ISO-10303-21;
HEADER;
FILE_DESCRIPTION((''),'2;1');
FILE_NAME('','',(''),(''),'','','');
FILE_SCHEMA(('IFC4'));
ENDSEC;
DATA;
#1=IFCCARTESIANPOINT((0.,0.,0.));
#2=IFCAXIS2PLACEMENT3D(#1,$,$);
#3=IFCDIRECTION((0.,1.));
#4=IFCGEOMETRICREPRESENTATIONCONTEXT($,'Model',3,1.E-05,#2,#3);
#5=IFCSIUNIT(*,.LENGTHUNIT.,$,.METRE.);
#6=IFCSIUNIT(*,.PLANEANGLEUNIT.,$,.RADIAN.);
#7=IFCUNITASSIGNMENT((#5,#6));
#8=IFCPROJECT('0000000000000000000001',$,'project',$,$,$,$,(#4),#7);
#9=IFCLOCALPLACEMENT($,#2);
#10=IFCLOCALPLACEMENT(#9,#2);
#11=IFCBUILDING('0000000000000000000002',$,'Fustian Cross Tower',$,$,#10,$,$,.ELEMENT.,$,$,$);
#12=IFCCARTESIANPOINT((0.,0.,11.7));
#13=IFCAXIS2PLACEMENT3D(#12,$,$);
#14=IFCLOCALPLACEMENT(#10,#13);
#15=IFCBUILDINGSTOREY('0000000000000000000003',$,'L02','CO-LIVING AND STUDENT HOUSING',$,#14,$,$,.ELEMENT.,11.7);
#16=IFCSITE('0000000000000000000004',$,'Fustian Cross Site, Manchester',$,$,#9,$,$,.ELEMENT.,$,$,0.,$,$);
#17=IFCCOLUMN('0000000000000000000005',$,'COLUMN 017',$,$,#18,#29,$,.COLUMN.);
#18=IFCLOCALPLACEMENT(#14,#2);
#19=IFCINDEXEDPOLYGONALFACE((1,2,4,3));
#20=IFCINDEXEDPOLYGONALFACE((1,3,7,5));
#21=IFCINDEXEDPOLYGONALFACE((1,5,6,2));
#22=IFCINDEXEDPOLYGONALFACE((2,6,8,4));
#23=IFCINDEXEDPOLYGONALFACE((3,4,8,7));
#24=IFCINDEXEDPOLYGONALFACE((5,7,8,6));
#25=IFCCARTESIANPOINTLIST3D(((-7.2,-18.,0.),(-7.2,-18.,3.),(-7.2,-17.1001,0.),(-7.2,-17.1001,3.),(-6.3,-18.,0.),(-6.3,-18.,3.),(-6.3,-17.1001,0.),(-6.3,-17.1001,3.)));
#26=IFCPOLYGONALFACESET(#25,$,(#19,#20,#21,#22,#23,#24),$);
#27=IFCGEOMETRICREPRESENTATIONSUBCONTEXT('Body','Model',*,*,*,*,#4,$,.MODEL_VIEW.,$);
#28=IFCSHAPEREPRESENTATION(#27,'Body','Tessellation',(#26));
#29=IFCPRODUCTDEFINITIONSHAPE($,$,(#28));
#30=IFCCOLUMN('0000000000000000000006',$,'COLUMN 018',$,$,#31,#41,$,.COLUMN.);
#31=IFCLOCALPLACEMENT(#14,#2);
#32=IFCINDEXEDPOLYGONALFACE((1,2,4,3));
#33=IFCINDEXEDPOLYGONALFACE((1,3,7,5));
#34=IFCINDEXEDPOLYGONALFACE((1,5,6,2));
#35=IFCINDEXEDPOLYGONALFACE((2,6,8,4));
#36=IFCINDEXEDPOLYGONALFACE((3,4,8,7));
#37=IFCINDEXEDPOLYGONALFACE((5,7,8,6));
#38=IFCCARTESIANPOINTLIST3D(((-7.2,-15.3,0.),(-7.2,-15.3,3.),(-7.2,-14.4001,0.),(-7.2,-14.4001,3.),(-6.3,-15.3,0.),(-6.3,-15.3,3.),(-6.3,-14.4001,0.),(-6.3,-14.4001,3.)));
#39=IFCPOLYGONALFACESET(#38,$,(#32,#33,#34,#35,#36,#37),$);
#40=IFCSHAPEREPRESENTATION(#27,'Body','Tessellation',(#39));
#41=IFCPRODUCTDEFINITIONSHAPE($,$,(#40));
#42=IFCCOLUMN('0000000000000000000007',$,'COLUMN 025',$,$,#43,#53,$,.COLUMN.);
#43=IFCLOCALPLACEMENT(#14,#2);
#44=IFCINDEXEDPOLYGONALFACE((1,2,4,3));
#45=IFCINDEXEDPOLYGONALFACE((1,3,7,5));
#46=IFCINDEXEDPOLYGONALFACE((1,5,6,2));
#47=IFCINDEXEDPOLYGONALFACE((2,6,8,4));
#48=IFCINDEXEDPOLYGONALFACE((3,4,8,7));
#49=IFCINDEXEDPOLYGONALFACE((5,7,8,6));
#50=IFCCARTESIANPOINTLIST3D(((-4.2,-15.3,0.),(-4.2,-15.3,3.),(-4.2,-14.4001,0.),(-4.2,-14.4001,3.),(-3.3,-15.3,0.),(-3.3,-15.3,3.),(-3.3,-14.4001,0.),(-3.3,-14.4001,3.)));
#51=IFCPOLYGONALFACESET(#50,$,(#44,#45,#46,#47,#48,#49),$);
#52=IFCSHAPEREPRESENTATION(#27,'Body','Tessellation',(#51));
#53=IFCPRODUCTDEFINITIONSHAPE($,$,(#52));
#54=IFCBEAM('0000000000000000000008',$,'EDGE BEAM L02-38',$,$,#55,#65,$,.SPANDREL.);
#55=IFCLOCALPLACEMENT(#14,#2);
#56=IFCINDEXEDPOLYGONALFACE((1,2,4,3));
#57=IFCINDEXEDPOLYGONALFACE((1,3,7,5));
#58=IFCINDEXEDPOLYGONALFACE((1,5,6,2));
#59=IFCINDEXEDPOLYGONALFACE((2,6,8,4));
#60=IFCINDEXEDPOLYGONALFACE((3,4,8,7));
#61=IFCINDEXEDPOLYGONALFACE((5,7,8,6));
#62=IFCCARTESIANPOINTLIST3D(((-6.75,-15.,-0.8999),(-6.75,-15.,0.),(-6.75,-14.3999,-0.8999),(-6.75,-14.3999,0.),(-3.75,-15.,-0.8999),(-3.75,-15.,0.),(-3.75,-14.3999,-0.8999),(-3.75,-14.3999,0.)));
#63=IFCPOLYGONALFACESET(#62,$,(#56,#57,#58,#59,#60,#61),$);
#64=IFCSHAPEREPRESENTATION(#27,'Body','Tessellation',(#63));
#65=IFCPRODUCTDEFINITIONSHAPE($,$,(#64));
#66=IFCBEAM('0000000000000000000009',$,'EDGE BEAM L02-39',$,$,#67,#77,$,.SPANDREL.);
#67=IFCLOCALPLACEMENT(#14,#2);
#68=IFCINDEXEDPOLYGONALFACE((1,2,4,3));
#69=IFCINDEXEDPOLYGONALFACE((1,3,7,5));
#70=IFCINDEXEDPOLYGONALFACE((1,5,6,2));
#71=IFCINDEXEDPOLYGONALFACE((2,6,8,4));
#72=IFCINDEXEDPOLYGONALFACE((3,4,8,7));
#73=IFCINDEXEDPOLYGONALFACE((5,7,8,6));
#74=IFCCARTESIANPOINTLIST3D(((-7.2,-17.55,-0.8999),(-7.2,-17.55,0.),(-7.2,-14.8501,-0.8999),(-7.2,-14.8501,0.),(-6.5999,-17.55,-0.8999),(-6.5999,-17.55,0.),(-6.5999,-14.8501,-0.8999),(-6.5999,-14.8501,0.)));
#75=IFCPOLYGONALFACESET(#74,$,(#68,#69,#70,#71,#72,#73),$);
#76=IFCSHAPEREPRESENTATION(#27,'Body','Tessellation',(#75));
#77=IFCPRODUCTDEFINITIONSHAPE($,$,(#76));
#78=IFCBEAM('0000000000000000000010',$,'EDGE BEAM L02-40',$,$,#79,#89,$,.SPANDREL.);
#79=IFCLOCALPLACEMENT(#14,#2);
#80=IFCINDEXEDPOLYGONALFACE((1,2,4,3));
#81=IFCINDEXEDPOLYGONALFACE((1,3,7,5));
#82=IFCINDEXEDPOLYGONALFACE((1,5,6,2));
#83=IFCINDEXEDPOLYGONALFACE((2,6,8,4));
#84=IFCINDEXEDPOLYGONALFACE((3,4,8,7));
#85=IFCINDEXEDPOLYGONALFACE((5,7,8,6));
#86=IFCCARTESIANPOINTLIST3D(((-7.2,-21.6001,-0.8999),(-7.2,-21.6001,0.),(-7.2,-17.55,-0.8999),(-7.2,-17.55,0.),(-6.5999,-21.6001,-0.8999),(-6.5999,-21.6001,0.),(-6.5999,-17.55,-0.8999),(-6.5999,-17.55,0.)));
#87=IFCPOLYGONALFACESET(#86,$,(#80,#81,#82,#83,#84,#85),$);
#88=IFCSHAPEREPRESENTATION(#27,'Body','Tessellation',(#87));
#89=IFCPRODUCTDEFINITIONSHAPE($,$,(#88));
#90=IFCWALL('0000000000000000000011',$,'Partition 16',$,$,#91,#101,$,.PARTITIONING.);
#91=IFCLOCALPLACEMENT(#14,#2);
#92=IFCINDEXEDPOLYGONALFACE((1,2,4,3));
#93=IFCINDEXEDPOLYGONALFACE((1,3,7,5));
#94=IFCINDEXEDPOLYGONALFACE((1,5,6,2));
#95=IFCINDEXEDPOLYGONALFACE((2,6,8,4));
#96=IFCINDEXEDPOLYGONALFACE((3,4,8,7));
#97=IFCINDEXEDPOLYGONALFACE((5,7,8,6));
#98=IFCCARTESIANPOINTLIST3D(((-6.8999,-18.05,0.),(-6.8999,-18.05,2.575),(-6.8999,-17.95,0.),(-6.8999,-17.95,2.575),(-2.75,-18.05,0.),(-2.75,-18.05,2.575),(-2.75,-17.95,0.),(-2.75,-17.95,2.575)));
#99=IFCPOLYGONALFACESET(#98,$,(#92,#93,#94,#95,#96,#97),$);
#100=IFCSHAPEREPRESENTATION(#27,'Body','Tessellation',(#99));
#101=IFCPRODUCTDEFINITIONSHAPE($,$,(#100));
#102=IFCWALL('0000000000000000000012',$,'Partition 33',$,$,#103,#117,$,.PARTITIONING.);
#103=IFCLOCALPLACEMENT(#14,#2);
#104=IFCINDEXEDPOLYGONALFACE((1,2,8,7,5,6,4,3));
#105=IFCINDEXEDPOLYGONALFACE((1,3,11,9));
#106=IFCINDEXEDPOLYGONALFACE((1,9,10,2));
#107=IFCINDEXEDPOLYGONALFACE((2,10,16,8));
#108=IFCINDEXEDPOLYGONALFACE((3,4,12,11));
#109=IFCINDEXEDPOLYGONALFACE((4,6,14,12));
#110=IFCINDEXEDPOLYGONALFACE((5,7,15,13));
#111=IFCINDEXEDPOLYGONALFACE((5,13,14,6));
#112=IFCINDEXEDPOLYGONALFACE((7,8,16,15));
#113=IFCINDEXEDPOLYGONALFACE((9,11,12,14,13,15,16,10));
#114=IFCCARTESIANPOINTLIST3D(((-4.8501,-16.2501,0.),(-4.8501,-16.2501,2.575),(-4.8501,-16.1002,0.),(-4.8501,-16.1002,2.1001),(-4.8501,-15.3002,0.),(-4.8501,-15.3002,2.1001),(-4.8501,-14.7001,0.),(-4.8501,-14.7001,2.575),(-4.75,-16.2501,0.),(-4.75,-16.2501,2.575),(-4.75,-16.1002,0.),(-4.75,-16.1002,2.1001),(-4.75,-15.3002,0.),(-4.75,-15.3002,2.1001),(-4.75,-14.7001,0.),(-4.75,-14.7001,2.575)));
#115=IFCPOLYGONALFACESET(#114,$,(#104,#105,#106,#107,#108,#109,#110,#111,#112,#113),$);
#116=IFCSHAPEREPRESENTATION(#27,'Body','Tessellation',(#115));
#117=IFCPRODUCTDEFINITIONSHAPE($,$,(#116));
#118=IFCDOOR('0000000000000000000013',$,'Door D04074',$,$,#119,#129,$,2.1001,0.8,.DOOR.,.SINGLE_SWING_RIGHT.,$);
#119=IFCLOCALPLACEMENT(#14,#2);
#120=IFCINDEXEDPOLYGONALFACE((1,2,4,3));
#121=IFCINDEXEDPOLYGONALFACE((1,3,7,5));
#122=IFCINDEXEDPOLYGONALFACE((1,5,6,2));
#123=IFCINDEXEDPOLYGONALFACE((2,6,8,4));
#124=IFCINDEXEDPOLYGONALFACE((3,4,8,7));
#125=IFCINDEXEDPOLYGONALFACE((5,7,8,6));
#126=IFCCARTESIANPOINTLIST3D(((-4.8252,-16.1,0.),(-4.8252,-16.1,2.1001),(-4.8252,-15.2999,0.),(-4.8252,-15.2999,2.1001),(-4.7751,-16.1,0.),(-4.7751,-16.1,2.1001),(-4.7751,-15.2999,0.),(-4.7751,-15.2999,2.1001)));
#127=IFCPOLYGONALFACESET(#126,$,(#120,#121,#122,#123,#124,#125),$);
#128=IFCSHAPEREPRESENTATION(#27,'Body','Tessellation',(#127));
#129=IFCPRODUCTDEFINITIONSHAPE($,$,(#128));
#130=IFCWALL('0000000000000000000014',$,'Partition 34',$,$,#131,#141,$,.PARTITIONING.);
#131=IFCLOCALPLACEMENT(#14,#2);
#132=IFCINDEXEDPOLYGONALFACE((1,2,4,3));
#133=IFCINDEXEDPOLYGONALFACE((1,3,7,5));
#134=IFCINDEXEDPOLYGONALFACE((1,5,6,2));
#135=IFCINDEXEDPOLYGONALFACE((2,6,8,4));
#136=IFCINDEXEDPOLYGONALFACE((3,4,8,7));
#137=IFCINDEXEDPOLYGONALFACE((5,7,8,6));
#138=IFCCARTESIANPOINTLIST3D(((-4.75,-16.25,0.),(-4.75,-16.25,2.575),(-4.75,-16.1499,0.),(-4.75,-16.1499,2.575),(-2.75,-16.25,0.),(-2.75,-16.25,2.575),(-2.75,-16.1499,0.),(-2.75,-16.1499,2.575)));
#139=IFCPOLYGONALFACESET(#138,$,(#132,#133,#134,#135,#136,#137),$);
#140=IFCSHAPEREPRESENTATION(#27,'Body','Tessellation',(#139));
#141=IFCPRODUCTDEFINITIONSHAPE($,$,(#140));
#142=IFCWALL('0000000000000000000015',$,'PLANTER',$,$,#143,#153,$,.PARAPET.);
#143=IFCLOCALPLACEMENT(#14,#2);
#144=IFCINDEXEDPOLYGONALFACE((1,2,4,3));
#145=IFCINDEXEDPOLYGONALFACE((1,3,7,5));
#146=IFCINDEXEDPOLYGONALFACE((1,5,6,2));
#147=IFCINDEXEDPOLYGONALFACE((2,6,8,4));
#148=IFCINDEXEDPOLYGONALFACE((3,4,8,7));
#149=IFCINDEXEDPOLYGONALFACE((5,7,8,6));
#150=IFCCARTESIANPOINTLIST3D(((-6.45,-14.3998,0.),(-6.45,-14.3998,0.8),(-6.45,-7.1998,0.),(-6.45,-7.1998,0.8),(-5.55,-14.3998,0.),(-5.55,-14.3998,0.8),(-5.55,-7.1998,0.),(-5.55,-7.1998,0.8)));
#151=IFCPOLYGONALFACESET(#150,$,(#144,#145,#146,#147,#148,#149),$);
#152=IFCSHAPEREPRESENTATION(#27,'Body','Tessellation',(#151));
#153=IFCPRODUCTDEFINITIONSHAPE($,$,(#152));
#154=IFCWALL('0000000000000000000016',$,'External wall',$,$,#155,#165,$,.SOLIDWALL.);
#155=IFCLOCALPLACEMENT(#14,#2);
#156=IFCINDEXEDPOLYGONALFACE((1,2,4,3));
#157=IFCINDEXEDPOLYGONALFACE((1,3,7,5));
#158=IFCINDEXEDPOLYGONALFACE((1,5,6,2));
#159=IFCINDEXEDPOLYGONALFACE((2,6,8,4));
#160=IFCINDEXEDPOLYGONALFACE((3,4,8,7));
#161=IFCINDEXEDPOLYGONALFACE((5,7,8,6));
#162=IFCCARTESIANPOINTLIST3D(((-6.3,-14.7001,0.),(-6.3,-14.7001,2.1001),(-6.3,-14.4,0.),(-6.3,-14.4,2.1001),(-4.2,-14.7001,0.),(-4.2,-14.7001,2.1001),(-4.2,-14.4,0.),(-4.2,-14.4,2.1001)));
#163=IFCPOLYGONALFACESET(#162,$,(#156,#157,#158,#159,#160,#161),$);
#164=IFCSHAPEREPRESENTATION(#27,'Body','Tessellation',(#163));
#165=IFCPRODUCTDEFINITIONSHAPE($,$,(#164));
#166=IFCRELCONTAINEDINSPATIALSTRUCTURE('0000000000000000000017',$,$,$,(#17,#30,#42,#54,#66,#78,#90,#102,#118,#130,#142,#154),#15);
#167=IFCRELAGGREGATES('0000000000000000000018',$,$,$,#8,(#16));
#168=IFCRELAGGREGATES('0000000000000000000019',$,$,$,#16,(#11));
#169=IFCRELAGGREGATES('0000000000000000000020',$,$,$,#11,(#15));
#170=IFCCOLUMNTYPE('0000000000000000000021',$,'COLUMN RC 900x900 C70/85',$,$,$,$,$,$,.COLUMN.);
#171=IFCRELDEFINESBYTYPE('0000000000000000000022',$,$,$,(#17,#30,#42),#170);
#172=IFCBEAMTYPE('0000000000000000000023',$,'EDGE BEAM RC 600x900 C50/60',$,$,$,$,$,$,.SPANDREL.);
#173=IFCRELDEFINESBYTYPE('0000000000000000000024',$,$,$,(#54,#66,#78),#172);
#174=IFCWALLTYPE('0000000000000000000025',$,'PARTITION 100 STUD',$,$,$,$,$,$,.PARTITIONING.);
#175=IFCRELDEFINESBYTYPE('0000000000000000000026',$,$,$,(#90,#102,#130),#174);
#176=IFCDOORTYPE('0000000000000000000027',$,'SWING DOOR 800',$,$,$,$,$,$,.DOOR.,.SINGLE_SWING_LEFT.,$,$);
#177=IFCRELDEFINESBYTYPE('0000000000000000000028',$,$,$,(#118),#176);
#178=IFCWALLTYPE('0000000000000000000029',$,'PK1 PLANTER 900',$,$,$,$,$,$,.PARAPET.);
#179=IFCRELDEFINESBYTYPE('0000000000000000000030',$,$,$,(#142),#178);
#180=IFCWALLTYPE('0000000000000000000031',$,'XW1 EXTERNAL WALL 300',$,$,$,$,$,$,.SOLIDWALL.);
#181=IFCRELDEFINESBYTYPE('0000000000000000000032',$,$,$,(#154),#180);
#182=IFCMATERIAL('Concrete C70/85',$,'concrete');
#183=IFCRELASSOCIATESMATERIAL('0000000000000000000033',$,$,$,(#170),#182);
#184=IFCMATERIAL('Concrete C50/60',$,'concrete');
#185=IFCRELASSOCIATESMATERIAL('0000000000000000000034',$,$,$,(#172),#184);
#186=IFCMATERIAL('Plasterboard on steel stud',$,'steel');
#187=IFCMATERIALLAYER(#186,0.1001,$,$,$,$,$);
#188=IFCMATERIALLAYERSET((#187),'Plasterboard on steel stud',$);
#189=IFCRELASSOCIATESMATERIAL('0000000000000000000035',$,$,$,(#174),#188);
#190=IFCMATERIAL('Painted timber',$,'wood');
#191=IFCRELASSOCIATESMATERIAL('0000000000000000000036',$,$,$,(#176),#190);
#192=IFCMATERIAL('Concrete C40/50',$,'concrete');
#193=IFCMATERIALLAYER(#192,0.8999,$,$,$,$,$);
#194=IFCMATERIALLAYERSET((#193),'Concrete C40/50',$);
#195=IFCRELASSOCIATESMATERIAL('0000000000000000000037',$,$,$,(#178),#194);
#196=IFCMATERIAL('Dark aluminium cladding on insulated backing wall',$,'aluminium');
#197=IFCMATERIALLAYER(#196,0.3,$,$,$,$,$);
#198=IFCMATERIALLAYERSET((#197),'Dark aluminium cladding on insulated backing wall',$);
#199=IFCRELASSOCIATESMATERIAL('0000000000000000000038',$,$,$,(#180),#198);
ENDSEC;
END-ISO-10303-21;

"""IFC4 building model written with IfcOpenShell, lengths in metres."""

from ifc_helpers import new_model, si_unit, direction, frame, frame_2d, origin, origin_2d, place, context, subcontext, project, spatial, rectangle, extrude, material, layer, layer_set, material_profile, profile_set, type_object, element, fill, save


model = new_model("IFC4")

# Units and contexts
model_context = context("Model", 3, precision=1e-05, world=origin(), true_north=direction((0.0, 1.0)))
body_context = subcontext(model_context, "Body", "Model", "MODEL_VIEW")
ifc_project = project(units=[si_unit("LENGTHUNIT", "METRE"), si_unit("PLANEANGLEUNIT", "RADIAN")], contexts=[model_context])

# Site, building, storey
site_placement = place(None, origin())
site = spatial("IfcSite", under=ifc_project, at=site_placement, Name="Fustian Cross Site, Manchester", CompositionType="ELEMENT", RefElevation=0.0)
building_placement = place(site_placement, origin())
building = spatial("IfcBuilding", under=site, at=building_placement, Name="Fustian Cross Tower", CompositionType="ELEMENT")
storey_placement = place(building_placement, frame((0.0, 0.0, 11.7)))
storey = spatial("IfcBuildingStorey", under=building, at=storey_placement, Name="L02", Description="CO-LIVING AND STUDENT HOUSING", CompositionType="ELEMENT", Elevation=11.7)

# Columns
ifc_material_1 = material(Name="Concrete C70/85", Category="concrete")
ifc_material_profile_1 = material_profile(ifc_material_1, rectangle(XDim=0.8999, YDim=0.8999, at=origin_2d()), Name="RC 900x900")
ifc_profile_set_1 = profile_set([ifc_material_profile_1], Name="Concrete C70/85")
column_type = type_object("IfcColumnType", Name="COLUMN RC 900x900 C70/85", PredefinedType="COLUMN", material=ifc_profile_set_1)
for number, where, z_axis, x_axis, name in (
    (1, (-6.75, -17.55, 0.0), (0.0, 0.0, 1.0), (1.0, 0.0, 0.0), "COLUMN 017"),
    (2, (-6.75, -14.8501, 0.0), (0.0, 0.0, 1.0), (1.0, 0.0, 0.0), "COLUMN 018"),
    (3, (-3.75, -14.8501, 0.0), (0.0, 0.0, 1.0), (1.0, 0.0, 0.0), "COLUMN 025"),
):
    element("IfcColumn", number, at=place(storey_placement, frame(where, z_axis=z_axis, x_axis=x_axis)), inside=storey, type_object=column_type, Name=name, PredefinedType="COLUMN", context=body_context, shape_type="SweptSolid", body=[
        extrude(rectangle(XDim=0.8999, YDim=0.8999, at=origin_2d()), origin(), (0.0, 0.0, 1.0), 3.0),
    ])

# Beams
ifc_material_2 = material(Name="Concrete C50/60", Category="concrete")
ifc_material_profile_2 = material_profile(ifc_material_2, rectangle(XDim=0.6001, YDim=0.8999, at=origin_2d()), Name="RC 600x900")
ifc_profile_set_2 = profile_set([ifc_material_profile_2], Name="Concrete C50/60")
beam_type = type_object("IfcBeamType", Name="EDGE BEAM RC 600x900 C50/60", PredefinedType="SPANDREL", material=ifc_profile_set_2)
beam_1_placement = place(storey_placement, frame((-3.75, -14.7, -0.45), z_axis=(-1.0, 0.0, 0.0), x_axis=(0.0, -1.0, 0.0)))
element("IfcBeam", 4, at=beam_1_placement, inside=storey, type_object=beam_type, Name="EDGE BEAM L02-38", PredefinedType="SPANDREL", context=body_context, shape_type="SweptSolid", body=[
    extrude(rectangle(XDim=0.6001, YDim=0.8999, at=origin_2d()), origin(), (0.0, 0.0, 1.0), 3.0),
])
beam_2_placement = place(storey_placement, frame((-6.8999, -14.8501, -0.45), z_axis=(0.0, -1.0, 0.0), x_axis=(1.0, 0.0, 0.0)))
element("IfcBeam", 5, at=beam_2_placement, inside=storey, type_object=beam_type, Name="EDGE BEAM L02-39", PredefinedType="SPANDREL", context=body_context, shape_type="SweptSolid", body=[
    extrude(rectangle(XDim=0.6001, YDim=0.8999, at=origin_2d()), origin(), (0.0, 0.0, 1.0), 2.7),
])
beam_3_placement = place(storey_placement, frame((-6.8999, -17.55, -0.45), z_axis=(0.0, -1.0, 0.0), x_axis=(1.0, 0.0, 0.0)))
element("IfcBeam", 6, at=beam_3_placement, inside=storey, type_object=beam_type, Name="EDGE BEAM L02-40", PredefinedType="SPANDREL", context=body_context, shape_type="SweptSolid", body=[
    extrude(rectangle(XDim=0.6001, YDim=0.8999, at=origin_2d()), origin(), (0.0, 0.0, 1.0), 4.05),
])

# Wall
ifc_material_3 = material(Name="Plasterboard on steel stud", Category="steel")
ifc_layer_1 = layer(ifc_material_3, 0.1001)
ifc_layer_set_1 = layer_set([ifc_layer_1], Name="Plasterboard on steel stud")
wall_type_1 = type_object("IfcWallType", Name="PARTITION 100 STUD", PredefinedType="PARTITIONING", material=ifc_layer_set_1)
wall_1_placement = place(storey_placement, frame((-6.8999, -18.0, 0.0), z_axis=(0.0, 0.0, 1.0), x_axis=(1.0, 0.0, 0.0)))
element("IfcWall", 7, at=wall_1_placement, inside=storey, type_object=wall_type_1, Name="Partition 16", PredefinedType="PARTITIONING", context=body_context, shape_type="SweptSolid", body=[
    extrude(rectangle(XDim=4.1499, YDim=0.1001, at=frame_2d((2.075, 0.0))), origin(), (0.0, 0.0, 1.0), 2.575),
])

# Wall, opening, door
wall_2_placement = place(storey_placement, frame((-4.8, -16.25, 0.0), z_axis=(0.0, 0.0, 1.0), x_axis=(0.0, 1.0, 0.0)))
wall_2 = element("IfcWall", 8, at=wall_2_placement, inside=storey, type_object=wall_type_1, Name="Partition 33", PredefinedType="PARTITIONING", context=body_context, shape_type="SweptSolid", body=[
    extrude(rectangle(XDim=1.55, YDim=0.1001, at=frame_2d((0.7749, 0.0))), origin(), (0.0, 0.0, 1.0), 2.575),
])
opening_1_placement = place(wall_2_placement, frame((0.1499, 0.0, 0.0)))
opening_1 = element("IfcOpeningElement", 9, at=opening_1_placement, cuts=wall_2, PredefinedType="OPENING", context=body_context, shape_type="SweptSolid", body=[
    extrude(rectangle(XDim=0.8, YDim=2.1001, at=frame_2d((0.3999, 1.05))), frame((0.0, 0.0601, 0.0), z_axis=(0.0, -1.0, 0.0), x_axis=(1.0, 0.0, 0.0)), (0.0, 0.0, 1.0), 0.1201),
])
ifc_material_4 = material(Name="Painted timber", Category="wood")
door_type = type_object("IfcDoorType", Name="SWING DOOR 800", OperationType="SINGLE_SWING_LEFT", PredefinedType="DOOR", material=ifc_material_4)
door_placement = place(opening_1_placement, frame((0.8, 0.0, 0.0), z_axis=(0.0, 0.0, 1.0), x_axis=(-1.0, 0.0, 0.0)))
door = element("IfcDoor", 10, at=door_placement, inside=storey, type_object=door_type, Name="Door D04074", OperationType="SINGLE_SWING_RIGHT", OverallHeight=2.1001, OverallWidth=0.8, PredefinedType="DOOR", context=body_context, shape_type="SweptSolid", body=[
    extrude(rectangle(XDim=0.8, YDim=2.1001, at=frame_2d((0.3999, 1.05))), frame((0.0, 0.0249, 0.0), z_axis=(0.0, -1.0, 0.0), x_axis=(1.0, 0.0, 0.0)), (0.0, 0.0, 1.0), 0.05),
])
fill(opening_1, door)

# Walls
wall_3_placement = place(storey_placement, frame((-4.75, -16.2, 0.0), z_axis=(0.0, 0.0, 1.0), x_axis=(1.0, 0.0, 0.0)))
element("IfcWall", 11, at=wall_3_placement, inside=storey, type_object=wall_type_1, Name="Partition 34", PredefinedType="PARTITIONING", context=body_context, shape_type="SweptSolid", body=[
    extrude(rectangle(XDim=2.0, YDim=0.1001, at=frame_2d((1.0, 0.0))), origin(), (0.0, 0.0, 1.0), 2.575),
])
ifc_material_5 = material(Name="Concrete C40/50", Category="concrete")
ifc_layer_2 = layer(ifc_material_5, 0.8999)
ifc_layer_set_2 = layer_set([ifc_layer_2], Name="Concrete C40/50")
wall_type_2 = type_object("IfcWallType", Name="PK1 PLANTER 900", PredefinedType="PARAPET", material=ifc_layer_set_2)
wall_4_placement = place(storey_placement, frame((-6.0, -14.3999, 0.0), z_axis=(0.0, 0.0, 1.0), x_axis=(0.0, 1.0, 0.0)))
element("IfcWall", 12, at=wall_4_placement, inside=storey, type_object=wall_type_2, Name="PLANTER", PredefinedType="PARAPET", context=body_context, shape_type="SweptSolid", body=[
    extrude(rectangle(XDim=7.2, YDim=0.8999, at=frame_2d((3.6001, 0.0))), origin(), (0.0, 0.0, 1.0), 0.8),
])
ifc_material_6 = material(Name="Dark aluminium cladding on insulated backing wall", Category="aluminium")
ifc_layer_3 = layer(ifc_material_6, 0.3)
ifc_layer_set_3 = layer_set([ifc_layer_3], Name="Dark aluminium cladding on insulated backing wall")
wall_type_3 = type_object("IfcWallType", Name="XW1 EXTERNAL WALL 300", PredefinedType="SOLIDWALL", material=ifc_layer_set_3)
wall_5_placement = place(storey_placement, frame((-4.2, -14.55, 0.0), z_axis=(0.0, 0.0, 1.0), x_axis=(-1.0, 0.0, 0.0)))
element("IfcWall", 13, at=wall_5_placement, inside=storey, type_object=wall_type_3, Name="External wall", PredefinedType="SOLIDWALL", context=body_context, shape_type="SweptSolid", body=[
    extrude(rectangle(XDim=2.1001, YDim=0.3, at=frame_2d((1.05, 0.0))), origin(), (0.0, 0.0, 1.0), 2.1001),
])

save(model, "model.ifc")
